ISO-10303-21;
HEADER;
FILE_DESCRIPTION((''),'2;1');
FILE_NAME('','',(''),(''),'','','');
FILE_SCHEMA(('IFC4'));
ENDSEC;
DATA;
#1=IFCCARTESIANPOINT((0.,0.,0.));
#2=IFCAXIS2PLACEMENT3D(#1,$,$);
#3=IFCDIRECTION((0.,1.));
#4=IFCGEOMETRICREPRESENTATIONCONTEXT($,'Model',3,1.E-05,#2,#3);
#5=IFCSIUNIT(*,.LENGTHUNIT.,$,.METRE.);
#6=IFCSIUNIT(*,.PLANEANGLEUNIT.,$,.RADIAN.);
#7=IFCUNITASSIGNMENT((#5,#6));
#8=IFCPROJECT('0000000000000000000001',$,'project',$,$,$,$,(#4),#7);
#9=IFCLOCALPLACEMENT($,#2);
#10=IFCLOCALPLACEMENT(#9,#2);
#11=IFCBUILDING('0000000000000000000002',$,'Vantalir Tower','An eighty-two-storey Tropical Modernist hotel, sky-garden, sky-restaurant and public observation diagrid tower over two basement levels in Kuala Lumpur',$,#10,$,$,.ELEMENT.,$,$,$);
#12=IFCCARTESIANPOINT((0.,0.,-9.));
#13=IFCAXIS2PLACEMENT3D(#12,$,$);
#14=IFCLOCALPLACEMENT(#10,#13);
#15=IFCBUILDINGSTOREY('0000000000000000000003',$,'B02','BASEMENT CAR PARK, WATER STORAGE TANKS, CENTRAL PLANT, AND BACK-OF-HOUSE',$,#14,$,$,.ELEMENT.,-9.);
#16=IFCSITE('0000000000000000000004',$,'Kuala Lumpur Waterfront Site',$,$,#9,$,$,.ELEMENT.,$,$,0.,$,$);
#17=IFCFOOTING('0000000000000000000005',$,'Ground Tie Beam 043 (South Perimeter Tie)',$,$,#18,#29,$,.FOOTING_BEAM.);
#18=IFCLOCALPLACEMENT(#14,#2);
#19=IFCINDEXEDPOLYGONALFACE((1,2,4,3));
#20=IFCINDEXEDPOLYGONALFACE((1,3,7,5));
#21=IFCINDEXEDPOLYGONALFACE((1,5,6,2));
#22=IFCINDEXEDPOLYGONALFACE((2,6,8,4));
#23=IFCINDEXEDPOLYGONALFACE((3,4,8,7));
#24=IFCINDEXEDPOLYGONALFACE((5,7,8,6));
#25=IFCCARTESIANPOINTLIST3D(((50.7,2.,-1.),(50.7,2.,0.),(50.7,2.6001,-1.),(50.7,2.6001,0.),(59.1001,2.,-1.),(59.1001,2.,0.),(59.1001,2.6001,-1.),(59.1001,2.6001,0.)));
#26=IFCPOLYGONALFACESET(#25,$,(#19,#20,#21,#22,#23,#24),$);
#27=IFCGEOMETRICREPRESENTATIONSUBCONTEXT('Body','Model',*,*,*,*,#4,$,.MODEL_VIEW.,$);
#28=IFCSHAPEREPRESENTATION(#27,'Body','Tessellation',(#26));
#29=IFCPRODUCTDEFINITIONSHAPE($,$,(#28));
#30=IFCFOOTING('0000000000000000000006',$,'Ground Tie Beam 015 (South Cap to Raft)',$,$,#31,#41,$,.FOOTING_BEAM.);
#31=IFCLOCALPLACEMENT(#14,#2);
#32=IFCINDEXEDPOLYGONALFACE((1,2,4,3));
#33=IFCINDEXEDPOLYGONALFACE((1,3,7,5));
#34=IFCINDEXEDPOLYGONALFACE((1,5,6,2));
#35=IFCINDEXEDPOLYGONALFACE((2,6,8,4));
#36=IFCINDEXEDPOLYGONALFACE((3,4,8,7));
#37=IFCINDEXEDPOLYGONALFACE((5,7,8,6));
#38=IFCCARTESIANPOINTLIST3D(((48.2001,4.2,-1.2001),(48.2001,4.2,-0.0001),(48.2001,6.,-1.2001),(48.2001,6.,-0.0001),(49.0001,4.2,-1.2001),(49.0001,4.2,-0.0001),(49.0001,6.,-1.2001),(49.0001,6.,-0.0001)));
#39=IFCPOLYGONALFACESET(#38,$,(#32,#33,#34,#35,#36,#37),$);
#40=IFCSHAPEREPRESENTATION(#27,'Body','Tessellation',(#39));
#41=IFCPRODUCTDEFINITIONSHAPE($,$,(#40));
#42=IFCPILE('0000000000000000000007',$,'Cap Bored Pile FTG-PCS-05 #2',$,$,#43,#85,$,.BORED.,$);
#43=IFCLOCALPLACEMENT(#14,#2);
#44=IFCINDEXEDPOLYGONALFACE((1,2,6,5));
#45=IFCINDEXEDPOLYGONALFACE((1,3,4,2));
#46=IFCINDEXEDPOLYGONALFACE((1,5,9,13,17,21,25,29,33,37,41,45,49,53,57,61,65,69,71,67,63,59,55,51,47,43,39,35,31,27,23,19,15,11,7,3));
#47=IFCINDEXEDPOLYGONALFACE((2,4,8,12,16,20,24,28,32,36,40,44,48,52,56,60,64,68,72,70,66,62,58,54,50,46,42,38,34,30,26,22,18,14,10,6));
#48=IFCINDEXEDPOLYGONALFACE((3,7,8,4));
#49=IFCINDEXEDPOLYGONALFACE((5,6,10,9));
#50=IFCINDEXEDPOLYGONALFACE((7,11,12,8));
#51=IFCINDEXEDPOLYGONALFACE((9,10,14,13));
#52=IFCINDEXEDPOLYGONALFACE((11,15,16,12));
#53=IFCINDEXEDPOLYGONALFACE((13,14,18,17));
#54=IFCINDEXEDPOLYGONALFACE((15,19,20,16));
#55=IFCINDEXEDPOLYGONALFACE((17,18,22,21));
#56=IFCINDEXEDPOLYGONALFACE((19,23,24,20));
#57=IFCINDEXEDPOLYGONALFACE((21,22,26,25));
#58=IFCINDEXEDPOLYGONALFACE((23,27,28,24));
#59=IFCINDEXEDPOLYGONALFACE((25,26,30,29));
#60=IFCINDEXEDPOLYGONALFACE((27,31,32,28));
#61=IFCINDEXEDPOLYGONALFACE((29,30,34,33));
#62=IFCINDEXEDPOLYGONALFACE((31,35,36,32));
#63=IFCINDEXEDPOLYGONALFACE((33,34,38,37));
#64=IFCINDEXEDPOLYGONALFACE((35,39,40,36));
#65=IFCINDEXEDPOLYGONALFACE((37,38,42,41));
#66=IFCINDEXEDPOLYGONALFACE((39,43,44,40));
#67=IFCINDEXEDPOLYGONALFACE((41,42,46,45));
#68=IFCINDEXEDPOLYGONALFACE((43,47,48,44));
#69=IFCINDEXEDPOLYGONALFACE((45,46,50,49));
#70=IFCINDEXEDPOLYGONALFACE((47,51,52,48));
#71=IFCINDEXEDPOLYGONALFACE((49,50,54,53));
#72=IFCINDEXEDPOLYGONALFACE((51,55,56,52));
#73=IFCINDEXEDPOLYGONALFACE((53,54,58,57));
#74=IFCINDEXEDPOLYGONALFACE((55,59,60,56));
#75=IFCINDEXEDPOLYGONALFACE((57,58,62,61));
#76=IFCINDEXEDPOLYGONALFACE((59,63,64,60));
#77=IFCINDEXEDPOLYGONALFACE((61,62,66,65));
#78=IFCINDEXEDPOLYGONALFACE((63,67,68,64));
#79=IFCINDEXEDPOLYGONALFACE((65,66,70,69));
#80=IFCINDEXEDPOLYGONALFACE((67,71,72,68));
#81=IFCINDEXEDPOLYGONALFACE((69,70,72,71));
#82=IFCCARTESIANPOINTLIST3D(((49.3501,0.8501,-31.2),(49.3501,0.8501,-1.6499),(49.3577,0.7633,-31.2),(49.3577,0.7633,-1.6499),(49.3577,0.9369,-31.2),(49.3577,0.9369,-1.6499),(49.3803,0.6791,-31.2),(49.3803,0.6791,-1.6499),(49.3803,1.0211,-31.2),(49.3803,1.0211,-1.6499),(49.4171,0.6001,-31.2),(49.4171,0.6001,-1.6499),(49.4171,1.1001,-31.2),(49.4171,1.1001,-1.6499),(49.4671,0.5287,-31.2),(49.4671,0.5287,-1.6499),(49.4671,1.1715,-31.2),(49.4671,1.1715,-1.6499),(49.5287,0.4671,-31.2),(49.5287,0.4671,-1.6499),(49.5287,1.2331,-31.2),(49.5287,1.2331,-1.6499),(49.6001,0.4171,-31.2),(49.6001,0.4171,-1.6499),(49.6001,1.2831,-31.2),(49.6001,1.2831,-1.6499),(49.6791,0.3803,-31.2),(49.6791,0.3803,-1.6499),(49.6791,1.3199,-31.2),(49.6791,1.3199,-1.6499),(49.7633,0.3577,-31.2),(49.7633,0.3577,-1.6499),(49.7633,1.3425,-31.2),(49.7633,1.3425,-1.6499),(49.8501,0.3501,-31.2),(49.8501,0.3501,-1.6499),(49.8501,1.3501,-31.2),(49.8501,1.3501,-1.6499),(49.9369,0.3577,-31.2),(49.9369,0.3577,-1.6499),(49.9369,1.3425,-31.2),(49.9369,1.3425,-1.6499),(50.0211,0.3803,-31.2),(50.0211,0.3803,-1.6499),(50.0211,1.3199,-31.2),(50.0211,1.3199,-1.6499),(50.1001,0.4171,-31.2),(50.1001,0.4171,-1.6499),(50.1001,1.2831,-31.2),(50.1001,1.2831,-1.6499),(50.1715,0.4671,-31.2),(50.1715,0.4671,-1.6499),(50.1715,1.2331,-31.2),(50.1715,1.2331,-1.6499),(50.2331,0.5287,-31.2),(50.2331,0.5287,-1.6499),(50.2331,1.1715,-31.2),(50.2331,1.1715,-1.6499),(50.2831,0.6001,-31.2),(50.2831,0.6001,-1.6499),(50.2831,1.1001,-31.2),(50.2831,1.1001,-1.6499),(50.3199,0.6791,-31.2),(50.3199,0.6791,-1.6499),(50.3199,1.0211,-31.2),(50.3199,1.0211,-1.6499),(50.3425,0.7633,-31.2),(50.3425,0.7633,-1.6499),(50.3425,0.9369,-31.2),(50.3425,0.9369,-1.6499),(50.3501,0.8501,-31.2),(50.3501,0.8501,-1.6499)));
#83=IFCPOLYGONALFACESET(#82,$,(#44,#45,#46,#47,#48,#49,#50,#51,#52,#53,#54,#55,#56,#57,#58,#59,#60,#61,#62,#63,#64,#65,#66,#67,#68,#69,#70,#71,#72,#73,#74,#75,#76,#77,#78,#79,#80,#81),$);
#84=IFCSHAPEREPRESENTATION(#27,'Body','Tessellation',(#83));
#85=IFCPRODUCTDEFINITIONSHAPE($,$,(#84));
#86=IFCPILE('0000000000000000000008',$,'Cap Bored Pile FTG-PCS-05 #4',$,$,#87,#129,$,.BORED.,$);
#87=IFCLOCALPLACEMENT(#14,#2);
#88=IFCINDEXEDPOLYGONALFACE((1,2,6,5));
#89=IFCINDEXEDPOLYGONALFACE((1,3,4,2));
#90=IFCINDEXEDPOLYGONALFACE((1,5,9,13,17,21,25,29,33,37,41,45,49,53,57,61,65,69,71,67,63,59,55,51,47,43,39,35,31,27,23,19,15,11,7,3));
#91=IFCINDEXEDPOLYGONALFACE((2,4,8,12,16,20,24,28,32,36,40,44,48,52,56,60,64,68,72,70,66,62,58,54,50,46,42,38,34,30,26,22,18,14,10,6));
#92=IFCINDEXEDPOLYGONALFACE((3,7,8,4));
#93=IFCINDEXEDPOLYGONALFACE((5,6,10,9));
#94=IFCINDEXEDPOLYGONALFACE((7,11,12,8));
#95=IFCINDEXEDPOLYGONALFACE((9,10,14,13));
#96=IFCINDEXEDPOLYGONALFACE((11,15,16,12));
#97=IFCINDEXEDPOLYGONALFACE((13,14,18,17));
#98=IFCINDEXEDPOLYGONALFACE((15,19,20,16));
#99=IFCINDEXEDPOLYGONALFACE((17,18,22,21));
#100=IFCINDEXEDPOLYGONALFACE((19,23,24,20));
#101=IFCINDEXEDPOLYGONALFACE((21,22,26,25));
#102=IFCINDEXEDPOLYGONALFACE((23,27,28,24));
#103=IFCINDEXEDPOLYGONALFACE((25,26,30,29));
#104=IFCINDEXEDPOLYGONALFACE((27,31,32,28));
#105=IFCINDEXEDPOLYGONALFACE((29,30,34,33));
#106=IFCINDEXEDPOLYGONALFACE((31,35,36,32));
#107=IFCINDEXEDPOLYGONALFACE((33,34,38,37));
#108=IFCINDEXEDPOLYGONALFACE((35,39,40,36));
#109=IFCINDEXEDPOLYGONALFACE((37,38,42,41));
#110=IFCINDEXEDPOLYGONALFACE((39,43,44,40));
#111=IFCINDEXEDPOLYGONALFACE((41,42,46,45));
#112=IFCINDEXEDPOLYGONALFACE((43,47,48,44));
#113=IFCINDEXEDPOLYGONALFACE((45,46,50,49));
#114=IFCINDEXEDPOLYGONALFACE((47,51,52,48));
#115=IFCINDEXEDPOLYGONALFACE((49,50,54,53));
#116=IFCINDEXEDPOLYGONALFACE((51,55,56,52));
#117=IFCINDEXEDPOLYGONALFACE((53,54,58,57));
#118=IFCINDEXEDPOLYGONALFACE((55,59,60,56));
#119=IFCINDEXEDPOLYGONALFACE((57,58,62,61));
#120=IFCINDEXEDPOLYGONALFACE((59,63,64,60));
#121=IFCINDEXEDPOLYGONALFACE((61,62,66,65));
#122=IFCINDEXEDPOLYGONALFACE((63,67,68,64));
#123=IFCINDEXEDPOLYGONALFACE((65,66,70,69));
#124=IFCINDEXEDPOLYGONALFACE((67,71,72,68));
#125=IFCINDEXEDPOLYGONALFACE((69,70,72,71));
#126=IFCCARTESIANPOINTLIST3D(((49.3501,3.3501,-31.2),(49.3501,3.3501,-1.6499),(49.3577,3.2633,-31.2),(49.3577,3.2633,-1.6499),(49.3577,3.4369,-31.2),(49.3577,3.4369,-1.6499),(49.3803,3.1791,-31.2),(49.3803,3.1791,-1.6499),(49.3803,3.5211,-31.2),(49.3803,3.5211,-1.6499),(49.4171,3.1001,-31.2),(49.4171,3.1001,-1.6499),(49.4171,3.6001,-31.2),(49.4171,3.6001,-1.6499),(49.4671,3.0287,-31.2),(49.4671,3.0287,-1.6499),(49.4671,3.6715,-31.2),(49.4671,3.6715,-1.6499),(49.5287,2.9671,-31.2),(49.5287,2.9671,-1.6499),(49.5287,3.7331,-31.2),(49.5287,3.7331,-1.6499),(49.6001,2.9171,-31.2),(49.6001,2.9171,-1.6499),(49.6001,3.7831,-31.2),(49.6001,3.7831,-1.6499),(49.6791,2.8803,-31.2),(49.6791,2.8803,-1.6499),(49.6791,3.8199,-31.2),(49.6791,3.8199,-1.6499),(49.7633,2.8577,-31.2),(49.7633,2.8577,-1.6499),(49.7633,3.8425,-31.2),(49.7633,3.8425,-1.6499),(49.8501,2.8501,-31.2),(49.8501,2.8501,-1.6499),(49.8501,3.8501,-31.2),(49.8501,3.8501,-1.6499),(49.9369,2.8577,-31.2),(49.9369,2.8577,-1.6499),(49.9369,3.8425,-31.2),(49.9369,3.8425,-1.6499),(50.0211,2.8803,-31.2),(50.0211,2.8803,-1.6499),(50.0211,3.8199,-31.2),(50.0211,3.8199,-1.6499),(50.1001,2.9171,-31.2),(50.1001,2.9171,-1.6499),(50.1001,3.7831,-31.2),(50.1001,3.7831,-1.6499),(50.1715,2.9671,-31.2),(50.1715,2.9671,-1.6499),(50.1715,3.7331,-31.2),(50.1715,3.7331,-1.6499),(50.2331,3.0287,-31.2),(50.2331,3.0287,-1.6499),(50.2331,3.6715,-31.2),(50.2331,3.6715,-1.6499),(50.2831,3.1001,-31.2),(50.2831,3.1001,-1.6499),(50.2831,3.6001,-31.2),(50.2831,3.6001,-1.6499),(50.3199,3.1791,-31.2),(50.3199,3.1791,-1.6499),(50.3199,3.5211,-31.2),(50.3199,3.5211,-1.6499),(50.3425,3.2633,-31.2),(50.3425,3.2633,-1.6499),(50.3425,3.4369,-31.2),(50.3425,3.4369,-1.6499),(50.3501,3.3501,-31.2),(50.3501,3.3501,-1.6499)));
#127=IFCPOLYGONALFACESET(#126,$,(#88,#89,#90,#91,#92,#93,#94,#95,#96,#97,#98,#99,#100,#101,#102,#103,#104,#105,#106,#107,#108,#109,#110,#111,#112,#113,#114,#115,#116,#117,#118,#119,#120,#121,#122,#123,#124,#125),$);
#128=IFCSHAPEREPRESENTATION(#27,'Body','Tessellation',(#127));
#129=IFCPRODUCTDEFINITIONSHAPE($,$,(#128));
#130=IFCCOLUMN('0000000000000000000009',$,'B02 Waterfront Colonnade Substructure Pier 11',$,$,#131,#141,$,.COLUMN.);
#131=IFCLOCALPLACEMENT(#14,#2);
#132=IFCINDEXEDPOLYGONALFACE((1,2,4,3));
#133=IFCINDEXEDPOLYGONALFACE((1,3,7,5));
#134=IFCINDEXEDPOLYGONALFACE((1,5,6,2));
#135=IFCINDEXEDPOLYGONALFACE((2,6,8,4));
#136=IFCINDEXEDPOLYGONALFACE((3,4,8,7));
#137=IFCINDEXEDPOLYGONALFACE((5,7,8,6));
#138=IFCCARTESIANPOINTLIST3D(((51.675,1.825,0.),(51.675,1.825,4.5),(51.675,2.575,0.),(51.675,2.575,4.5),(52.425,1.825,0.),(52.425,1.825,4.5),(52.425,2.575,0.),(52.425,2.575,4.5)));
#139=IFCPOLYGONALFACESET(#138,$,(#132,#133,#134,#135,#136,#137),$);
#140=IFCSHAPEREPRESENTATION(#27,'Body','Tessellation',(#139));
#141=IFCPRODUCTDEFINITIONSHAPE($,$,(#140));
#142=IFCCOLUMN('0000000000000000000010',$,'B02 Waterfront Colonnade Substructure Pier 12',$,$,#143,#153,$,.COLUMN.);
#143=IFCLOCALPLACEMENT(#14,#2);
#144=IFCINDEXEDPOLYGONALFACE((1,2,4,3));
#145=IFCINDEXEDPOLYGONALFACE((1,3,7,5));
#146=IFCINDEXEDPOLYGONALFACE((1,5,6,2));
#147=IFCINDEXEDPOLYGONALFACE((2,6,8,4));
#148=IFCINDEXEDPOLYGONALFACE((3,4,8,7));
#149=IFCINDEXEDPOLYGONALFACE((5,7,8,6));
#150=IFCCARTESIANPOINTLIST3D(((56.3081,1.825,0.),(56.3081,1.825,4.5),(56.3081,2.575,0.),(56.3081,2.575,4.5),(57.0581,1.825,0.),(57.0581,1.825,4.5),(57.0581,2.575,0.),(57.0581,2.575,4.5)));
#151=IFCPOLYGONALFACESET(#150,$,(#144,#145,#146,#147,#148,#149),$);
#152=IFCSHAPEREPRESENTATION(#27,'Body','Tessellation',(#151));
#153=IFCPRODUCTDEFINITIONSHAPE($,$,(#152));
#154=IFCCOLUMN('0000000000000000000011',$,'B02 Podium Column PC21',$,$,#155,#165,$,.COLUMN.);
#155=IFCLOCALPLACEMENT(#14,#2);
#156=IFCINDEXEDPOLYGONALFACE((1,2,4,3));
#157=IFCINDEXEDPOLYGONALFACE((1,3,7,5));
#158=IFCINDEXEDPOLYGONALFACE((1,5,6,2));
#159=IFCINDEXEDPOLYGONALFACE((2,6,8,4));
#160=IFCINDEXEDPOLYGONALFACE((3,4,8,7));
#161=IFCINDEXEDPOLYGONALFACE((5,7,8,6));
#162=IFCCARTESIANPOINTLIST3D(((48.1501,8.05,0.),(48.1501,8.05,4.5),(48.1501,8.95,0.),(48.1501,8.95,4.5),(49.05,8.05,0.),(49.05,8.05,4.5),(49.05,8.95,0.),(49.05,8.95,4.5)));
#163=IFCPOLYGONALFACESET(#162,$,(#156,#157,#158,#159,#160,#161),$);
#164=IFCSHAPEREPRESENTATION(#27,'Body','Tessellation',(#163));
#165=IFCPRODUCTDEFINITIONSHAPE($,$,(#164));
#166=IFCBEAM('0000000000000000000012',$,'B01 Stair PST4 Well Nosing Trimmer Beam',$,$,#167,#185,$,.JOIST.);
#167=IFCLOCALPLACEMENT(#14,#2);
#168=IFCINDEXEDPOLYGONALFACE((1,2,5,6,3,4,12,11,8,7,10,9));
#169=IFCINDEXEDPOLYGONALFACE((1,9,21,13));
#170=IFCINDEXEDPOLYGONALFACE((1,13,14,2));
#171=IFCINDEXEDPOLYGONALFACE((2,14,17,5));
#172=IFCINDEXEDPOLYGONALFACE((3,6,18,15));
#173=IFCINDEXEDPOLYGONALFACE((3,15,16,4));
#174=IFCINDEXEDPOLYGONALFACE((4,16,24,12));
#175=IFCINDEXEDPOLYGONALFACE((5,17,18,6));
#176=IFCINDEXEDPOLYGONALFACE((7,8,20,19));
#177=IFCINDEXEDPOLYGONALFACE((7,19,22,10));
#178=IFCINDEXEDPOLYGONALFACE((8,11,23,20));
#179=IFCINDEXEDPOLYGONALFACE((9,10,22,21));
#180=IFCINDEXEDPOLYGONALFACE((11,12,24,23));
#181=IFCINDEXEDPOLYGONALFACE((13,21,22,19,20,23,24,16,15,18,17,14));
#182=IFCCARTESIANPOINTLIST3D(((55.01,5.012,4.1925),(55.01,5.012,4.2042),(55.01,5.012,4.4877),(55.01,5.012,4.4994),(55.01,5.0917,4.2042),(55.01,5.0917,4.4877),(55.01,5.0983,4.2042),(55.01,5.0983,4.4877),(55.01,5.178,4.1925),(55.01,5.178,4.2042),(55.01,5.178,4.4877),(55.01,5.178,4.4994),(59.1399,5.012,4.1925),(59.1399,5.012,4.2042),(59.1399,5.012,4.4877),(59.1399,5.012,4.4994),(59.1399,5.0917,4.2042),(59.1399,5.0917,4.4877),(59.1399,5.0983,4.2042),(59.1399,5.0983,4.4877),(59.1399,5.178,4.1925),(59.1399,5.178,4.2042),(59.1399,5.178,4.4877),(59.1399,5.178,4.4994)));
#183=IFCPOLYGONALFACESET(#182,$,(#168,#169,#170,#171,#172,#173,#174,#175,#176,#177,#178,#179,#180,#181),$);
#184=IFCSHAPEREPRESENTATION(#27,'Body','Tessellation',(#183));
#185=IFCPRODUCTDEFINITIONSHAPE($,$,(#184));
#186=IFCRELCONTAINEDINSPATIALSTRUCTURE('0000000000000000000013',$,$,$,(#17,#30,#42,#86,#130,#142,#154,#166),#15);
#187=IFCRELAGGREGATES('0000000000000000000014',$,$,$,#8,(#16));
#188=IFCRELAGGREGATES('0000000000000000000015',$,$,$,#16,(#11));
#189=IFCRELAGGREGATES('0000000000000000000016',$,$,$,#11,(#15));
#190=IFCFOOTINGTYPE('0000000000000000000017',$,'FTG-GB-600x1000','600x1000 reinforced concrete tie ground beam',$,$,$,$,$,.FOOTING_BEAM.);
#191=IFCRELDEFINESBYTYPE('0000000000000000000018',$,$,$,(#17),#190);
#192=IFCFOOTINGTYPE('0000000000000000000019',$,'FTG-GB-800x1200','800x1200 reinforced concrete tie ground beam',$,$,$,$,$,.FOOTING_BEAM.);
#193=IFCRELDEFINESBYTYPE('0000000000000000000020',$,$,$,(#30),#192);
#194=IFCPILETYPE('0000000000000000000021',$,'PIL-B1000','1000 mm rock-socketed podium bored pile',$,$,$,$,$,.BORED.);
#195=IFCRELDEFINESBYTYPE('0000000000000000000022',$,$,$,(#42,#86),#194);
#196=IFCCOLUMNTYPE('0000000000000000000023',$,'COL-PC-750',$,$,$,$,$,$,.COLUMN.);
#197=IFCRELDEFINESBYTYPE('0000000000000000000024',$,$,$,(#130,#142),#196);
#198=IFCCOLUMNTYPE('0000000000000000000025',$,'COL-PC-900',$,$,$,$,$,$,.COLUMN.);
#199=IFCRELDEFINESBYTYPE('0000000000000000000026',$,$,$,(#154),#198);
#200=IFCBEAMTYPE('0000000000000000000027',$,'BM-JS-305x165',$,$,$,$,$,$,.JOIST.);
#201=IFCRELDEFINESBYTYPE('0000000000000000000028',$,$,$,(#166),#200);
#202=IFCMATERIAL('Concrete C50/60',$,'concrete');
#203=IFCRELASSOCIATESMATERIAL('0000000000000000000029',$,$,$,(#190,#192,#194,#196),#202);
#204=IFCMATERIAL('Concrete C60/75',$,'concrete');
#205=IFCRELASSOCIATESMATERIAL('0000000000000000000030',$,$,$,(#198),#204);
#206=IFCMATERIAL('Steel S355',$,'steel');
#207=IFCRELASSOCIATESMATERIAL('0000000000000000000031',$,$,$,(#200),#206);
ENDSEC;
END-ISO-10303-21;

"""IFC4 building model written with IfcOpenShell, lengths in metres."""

from ifc_helpers import new_model, si_unit, direction, frame, origin, origin_2d, place, context, subcontext, project, spatial, rectangle, circle, i_section, extrude, material, material_profile, profile_set, type_object, element, save


model = new_model("IFC4")

# Units and contexts
model_context = context("Model", 3, precision=1e-05, world=origin(), true_north=direction((0.0, 1.0)))
body_context = subcontext(model_context, "Body", "Model", "MODEL_VIEW")
ifc_project = project(units=[si_unit("LENGTHUNIT", "METRE"), si_unit("PLANEANGLEUNIT", "RADIAN")], contexts=[model_context])

# Site, building, storey
site_placement = place(None, origin())
site = spatial("IfcSite", under=ifc_project, at=site_placement, Name="Kuala Lumpur Waterfront Site", CompositionType="ELEMENT", RefElevation=0.0)
building_placement = place(site_placement, origin())
building = spatial("IfcBuilding", under=site, at=building_placement, Name="Vantalir Tower", Description="An eighty-two-storey Tropical Modernist hotel, sky-garden, sky-restaurant and public observation diagrid tower over two basement levels in Kuala Lumpur", CompositionType="ELEMENT")
storey_placement = place(building_placement, frame((0.0, 0.0, -9.0)))
storey = spatial("IfcBuildingStorey", under=building, at=storey_placement, Name="B02", Description="BASEMENT CAR PARK, WATER STORAGE TANKS, CENTRAL PLANT, AND BACK-OF-HOUSE", CompositionType="ELEMENT", Elevation=-9.0)

# Footings
ifc_material_1 = material(Name="Concrete C50/60", Category="concrete")
ifc_material_profile_1 = material_profile(ifc_material_1, rectangle(XDim=0.6001, YDim=1.0, at=origin_2d()), Name="Concrete C50/60")
ifc_profile_set_1 = profile_set([ifc_material_profile_1], Name="Concrete C50/60")
footing_type_1 = type_object("IfcFootingType", Name="FTG-GB-600x1000", Description="600x1000 reinforced concrete tie ground beam", PredefinedType="FOOTING_BEAM", material=ifc_profile_set_1)
footing_1_placement = place(storey_placement, frame((50.7, 2.3, -0.5), z_axis=(1.0, 0.0, 0.0), x_axis=(0.0, 1.0, 0.0)))
element("IfcFooting", 1, at=footing_1_placement, inside=storey, type_object=footing_type_1, Name="Ground Tie Beam 043 (South Perimeter Tie)", PredefinedType="FOOTING_BEAM", context=body_context, shape_type="SweptSolid", body=[
    extrude(rectangle(XDim=0.6001, YDim=1.0, at=origin_2d()), origin(), (0.0, 0.0, 1.0), 8.4001),
])
ifc_material_profile_2 = material_profile(ifc_material_1, rectangle(XDim=0.8, YDim=1.2, at=origin_2d()), Name="Concrete C50/60")
ifc_profile_set_2 = profile_set([ifc_material_profile_2], Name="Concrete C50/60")
footing_type_2 = type_object("IfcFootingType", Name="FTG-GB-800x1200", Description="800x1200 reinforced concrete tie ground beam", PredefinedType="FOOTING_BEAM", material=ifc_profile_set_2)
footing_2_placement = place(storey_placement, frame((48.6001, 4.2, -0.6001), z_axis=(0.0, 1.0, 0.0), x_axis=(-1.0, 0.0, 0.0)))
element("IfcFooting", 2, at=footing_2_placement, inside=storey, type_object=footing_type_2, Name="Ground Tie Beam 015 (South Cap to Raft)", PredefinedType="FOOTING_BEAM", context=body_context, shape_type="SweptSolid", body=[
    extrude(rectangle(XDim=0.8, YDim=1.2, at=origin_2d()), origin(), (0.0, 0.0, 1.0), 1.8),
])

# Piles
ifc_material_profile_3 = material_profile(ifc_material_1, circle(Radius=0.5, at=origin_2d()), Name="Concrete C50/60")
ifc_profile_set_3 = profile_set([ifc_material_profile_3], Name="Concrete C50/60")
pile_type = type_object("IfcPileType", Name="PIL-B1000", Description="1000 mm rock-socketed podium bored pile", PredefinedType="BORED", material=ifc_profile_set_3)
for number, where, z_axis, x_axis, name in (
    (3, (49.8501, 0.8501, -1.6499), (0.0, 0.0, -1.0), (1.0, 0.0, 0.0), "Cap Bored Pile FTG-PCS-05 #2"),
    (4, (49.8501, 3.3501, -1.6499), (0.0, 0.0, -1.0), (1.0, 0.0, 0.0), "Cap Bored Pile FTG-PCS-05 #4"),
):
    element("IfcPile", number, at=place(storey_placement, frame(where, z_axis=z_axis, x_axis=x_axis)), inside=storey, type_object=pile_type, Name=name, PredefinedType="BORED", context=body_context, shape_type="SweptSolid", body=[
        extrude(circle(Radius=0.5, at=origin_2d()), origin(), (0.0, 0.0, 1.0), 29.55),
    ])

# Columns
ifc_material_profile_4 = material_profile(ifc_material_1, rectangle(XDim=0.75, YDim=0.75, at=origin_2d()), Name="Concrete C50/60")
ifc_profile_set_4 = profile_set([ifc_material_profile_4], Name="Concrete C50/60")
column_type_1 = type_object("IfcColumnType", Name="COL-PC-750", PredefinedType="COLUMN", material=ifc_profile_set_4)
for number, where, z_axis, x_axis, name in (
    (5, (52.05, 2.2, 0.0), (0.0, 0.0, 1.0), (1.0, 0.0, 0.0), "B02 Waterfront Colonnade Substructure Pier 11"),
    (6, (56.6831, 2.2, 0.0), (0.0, 0.0, 1.0), (1.0, 0.0, 0.0), "B02 Waterfront Colonnade Substructure Pier 12"),
):
    element("IfcColumn", number, at=place(storey_placement, frame(where, z_axis=z_axis, x_axis=x_axis)), inside=storey, type_object=column_type_1, Name=name, PredefinedType="COLUMN", context=body_context, shape_type="SweptSolid", body=[
        extrude(rectangle(XDim=0.75, YDim=0.75, at=origin_2d()), origin(), (0.0, 0.0, 1.0), 4.5),
    ])
ifc_material_2 = material(Name="Concrete C60/75", Category="concrete")
ifc_material_profile_5 = material_profile(ifc_material_2, rectangle(XDim=0.8999, YDim=0.8999, at=origin_2d()), Name="Concrete C60/75")
ifc_profile_set_5 = profile_set([ifc_material_profile_5], Name="Concrete C60/75")
column_type_2 = type_object("IfcColumnType", Name="COL-PC-900", PredefinedType="COLUMN", material=ifc_profile_set_5)
column_placement = place(storey_placement, frame((48.6001, 8.5, 0.0), z_axis=(0.0, 0.0, 1.0), x_axis=(1.0, 0.0, 0.0)))
element("IfcColumn", 7, at=column_placement, inside=storey, type_object=column_type_2, Name="B02 Podium Column PC21", PredefinedType="COLUMN", context=body_context, shape_type="SweptSolid", body=[
    extrude(rectangle(XDim=0.8999, YDim=0.8999, at=origin_2d()), origin(), (0.0, 0.0, 1.0), 4.5),
])

# Beam
ifc_material_3 = material(Name="Steel S355", Category="steel")
ifc_material_profile_6 = material_profile(ifc_material_3, i_section(OverallWidth=0.166, OverallDepth=0.3069, WebThickness=0.0066, FlangeThickness=0.0117, at=origin_2d()), Name="Steel S355")
ifc_profile_set_6 = profile_set([ifc_material_profile_6], Name="Steel S355")
beam_type = type_object("IfcBeamType", Name="BM-JS-305x165", PredefinedType="JOIST", material=ifc_profile_set_6)
beam_placement = place(storey_placement, frame((55.01, 5.095, 4.3459), z_axis=(1.0, 0.0, 0.0), x_axis=(0.0, 1.0, 0.0)))
element("IfcBeam", 8, at=beam_placement, inside=storey, type_object=beam_type, Name="B01 Stair PST4 Well Nosing Trimmer Beam", PredefinedType="JOIST", context=body_context, shape_type="SweptSolid", body=[
    extrude(i_section(OverallWidth=0.166, OverallDepth=0.3069, WebThickness=0.0066, FlangeThickness=0.0117, at=origin_2d()), origin(), (0.0, 0.0, 1.0), 4.1299),
])

save(model, "model.ifc")
